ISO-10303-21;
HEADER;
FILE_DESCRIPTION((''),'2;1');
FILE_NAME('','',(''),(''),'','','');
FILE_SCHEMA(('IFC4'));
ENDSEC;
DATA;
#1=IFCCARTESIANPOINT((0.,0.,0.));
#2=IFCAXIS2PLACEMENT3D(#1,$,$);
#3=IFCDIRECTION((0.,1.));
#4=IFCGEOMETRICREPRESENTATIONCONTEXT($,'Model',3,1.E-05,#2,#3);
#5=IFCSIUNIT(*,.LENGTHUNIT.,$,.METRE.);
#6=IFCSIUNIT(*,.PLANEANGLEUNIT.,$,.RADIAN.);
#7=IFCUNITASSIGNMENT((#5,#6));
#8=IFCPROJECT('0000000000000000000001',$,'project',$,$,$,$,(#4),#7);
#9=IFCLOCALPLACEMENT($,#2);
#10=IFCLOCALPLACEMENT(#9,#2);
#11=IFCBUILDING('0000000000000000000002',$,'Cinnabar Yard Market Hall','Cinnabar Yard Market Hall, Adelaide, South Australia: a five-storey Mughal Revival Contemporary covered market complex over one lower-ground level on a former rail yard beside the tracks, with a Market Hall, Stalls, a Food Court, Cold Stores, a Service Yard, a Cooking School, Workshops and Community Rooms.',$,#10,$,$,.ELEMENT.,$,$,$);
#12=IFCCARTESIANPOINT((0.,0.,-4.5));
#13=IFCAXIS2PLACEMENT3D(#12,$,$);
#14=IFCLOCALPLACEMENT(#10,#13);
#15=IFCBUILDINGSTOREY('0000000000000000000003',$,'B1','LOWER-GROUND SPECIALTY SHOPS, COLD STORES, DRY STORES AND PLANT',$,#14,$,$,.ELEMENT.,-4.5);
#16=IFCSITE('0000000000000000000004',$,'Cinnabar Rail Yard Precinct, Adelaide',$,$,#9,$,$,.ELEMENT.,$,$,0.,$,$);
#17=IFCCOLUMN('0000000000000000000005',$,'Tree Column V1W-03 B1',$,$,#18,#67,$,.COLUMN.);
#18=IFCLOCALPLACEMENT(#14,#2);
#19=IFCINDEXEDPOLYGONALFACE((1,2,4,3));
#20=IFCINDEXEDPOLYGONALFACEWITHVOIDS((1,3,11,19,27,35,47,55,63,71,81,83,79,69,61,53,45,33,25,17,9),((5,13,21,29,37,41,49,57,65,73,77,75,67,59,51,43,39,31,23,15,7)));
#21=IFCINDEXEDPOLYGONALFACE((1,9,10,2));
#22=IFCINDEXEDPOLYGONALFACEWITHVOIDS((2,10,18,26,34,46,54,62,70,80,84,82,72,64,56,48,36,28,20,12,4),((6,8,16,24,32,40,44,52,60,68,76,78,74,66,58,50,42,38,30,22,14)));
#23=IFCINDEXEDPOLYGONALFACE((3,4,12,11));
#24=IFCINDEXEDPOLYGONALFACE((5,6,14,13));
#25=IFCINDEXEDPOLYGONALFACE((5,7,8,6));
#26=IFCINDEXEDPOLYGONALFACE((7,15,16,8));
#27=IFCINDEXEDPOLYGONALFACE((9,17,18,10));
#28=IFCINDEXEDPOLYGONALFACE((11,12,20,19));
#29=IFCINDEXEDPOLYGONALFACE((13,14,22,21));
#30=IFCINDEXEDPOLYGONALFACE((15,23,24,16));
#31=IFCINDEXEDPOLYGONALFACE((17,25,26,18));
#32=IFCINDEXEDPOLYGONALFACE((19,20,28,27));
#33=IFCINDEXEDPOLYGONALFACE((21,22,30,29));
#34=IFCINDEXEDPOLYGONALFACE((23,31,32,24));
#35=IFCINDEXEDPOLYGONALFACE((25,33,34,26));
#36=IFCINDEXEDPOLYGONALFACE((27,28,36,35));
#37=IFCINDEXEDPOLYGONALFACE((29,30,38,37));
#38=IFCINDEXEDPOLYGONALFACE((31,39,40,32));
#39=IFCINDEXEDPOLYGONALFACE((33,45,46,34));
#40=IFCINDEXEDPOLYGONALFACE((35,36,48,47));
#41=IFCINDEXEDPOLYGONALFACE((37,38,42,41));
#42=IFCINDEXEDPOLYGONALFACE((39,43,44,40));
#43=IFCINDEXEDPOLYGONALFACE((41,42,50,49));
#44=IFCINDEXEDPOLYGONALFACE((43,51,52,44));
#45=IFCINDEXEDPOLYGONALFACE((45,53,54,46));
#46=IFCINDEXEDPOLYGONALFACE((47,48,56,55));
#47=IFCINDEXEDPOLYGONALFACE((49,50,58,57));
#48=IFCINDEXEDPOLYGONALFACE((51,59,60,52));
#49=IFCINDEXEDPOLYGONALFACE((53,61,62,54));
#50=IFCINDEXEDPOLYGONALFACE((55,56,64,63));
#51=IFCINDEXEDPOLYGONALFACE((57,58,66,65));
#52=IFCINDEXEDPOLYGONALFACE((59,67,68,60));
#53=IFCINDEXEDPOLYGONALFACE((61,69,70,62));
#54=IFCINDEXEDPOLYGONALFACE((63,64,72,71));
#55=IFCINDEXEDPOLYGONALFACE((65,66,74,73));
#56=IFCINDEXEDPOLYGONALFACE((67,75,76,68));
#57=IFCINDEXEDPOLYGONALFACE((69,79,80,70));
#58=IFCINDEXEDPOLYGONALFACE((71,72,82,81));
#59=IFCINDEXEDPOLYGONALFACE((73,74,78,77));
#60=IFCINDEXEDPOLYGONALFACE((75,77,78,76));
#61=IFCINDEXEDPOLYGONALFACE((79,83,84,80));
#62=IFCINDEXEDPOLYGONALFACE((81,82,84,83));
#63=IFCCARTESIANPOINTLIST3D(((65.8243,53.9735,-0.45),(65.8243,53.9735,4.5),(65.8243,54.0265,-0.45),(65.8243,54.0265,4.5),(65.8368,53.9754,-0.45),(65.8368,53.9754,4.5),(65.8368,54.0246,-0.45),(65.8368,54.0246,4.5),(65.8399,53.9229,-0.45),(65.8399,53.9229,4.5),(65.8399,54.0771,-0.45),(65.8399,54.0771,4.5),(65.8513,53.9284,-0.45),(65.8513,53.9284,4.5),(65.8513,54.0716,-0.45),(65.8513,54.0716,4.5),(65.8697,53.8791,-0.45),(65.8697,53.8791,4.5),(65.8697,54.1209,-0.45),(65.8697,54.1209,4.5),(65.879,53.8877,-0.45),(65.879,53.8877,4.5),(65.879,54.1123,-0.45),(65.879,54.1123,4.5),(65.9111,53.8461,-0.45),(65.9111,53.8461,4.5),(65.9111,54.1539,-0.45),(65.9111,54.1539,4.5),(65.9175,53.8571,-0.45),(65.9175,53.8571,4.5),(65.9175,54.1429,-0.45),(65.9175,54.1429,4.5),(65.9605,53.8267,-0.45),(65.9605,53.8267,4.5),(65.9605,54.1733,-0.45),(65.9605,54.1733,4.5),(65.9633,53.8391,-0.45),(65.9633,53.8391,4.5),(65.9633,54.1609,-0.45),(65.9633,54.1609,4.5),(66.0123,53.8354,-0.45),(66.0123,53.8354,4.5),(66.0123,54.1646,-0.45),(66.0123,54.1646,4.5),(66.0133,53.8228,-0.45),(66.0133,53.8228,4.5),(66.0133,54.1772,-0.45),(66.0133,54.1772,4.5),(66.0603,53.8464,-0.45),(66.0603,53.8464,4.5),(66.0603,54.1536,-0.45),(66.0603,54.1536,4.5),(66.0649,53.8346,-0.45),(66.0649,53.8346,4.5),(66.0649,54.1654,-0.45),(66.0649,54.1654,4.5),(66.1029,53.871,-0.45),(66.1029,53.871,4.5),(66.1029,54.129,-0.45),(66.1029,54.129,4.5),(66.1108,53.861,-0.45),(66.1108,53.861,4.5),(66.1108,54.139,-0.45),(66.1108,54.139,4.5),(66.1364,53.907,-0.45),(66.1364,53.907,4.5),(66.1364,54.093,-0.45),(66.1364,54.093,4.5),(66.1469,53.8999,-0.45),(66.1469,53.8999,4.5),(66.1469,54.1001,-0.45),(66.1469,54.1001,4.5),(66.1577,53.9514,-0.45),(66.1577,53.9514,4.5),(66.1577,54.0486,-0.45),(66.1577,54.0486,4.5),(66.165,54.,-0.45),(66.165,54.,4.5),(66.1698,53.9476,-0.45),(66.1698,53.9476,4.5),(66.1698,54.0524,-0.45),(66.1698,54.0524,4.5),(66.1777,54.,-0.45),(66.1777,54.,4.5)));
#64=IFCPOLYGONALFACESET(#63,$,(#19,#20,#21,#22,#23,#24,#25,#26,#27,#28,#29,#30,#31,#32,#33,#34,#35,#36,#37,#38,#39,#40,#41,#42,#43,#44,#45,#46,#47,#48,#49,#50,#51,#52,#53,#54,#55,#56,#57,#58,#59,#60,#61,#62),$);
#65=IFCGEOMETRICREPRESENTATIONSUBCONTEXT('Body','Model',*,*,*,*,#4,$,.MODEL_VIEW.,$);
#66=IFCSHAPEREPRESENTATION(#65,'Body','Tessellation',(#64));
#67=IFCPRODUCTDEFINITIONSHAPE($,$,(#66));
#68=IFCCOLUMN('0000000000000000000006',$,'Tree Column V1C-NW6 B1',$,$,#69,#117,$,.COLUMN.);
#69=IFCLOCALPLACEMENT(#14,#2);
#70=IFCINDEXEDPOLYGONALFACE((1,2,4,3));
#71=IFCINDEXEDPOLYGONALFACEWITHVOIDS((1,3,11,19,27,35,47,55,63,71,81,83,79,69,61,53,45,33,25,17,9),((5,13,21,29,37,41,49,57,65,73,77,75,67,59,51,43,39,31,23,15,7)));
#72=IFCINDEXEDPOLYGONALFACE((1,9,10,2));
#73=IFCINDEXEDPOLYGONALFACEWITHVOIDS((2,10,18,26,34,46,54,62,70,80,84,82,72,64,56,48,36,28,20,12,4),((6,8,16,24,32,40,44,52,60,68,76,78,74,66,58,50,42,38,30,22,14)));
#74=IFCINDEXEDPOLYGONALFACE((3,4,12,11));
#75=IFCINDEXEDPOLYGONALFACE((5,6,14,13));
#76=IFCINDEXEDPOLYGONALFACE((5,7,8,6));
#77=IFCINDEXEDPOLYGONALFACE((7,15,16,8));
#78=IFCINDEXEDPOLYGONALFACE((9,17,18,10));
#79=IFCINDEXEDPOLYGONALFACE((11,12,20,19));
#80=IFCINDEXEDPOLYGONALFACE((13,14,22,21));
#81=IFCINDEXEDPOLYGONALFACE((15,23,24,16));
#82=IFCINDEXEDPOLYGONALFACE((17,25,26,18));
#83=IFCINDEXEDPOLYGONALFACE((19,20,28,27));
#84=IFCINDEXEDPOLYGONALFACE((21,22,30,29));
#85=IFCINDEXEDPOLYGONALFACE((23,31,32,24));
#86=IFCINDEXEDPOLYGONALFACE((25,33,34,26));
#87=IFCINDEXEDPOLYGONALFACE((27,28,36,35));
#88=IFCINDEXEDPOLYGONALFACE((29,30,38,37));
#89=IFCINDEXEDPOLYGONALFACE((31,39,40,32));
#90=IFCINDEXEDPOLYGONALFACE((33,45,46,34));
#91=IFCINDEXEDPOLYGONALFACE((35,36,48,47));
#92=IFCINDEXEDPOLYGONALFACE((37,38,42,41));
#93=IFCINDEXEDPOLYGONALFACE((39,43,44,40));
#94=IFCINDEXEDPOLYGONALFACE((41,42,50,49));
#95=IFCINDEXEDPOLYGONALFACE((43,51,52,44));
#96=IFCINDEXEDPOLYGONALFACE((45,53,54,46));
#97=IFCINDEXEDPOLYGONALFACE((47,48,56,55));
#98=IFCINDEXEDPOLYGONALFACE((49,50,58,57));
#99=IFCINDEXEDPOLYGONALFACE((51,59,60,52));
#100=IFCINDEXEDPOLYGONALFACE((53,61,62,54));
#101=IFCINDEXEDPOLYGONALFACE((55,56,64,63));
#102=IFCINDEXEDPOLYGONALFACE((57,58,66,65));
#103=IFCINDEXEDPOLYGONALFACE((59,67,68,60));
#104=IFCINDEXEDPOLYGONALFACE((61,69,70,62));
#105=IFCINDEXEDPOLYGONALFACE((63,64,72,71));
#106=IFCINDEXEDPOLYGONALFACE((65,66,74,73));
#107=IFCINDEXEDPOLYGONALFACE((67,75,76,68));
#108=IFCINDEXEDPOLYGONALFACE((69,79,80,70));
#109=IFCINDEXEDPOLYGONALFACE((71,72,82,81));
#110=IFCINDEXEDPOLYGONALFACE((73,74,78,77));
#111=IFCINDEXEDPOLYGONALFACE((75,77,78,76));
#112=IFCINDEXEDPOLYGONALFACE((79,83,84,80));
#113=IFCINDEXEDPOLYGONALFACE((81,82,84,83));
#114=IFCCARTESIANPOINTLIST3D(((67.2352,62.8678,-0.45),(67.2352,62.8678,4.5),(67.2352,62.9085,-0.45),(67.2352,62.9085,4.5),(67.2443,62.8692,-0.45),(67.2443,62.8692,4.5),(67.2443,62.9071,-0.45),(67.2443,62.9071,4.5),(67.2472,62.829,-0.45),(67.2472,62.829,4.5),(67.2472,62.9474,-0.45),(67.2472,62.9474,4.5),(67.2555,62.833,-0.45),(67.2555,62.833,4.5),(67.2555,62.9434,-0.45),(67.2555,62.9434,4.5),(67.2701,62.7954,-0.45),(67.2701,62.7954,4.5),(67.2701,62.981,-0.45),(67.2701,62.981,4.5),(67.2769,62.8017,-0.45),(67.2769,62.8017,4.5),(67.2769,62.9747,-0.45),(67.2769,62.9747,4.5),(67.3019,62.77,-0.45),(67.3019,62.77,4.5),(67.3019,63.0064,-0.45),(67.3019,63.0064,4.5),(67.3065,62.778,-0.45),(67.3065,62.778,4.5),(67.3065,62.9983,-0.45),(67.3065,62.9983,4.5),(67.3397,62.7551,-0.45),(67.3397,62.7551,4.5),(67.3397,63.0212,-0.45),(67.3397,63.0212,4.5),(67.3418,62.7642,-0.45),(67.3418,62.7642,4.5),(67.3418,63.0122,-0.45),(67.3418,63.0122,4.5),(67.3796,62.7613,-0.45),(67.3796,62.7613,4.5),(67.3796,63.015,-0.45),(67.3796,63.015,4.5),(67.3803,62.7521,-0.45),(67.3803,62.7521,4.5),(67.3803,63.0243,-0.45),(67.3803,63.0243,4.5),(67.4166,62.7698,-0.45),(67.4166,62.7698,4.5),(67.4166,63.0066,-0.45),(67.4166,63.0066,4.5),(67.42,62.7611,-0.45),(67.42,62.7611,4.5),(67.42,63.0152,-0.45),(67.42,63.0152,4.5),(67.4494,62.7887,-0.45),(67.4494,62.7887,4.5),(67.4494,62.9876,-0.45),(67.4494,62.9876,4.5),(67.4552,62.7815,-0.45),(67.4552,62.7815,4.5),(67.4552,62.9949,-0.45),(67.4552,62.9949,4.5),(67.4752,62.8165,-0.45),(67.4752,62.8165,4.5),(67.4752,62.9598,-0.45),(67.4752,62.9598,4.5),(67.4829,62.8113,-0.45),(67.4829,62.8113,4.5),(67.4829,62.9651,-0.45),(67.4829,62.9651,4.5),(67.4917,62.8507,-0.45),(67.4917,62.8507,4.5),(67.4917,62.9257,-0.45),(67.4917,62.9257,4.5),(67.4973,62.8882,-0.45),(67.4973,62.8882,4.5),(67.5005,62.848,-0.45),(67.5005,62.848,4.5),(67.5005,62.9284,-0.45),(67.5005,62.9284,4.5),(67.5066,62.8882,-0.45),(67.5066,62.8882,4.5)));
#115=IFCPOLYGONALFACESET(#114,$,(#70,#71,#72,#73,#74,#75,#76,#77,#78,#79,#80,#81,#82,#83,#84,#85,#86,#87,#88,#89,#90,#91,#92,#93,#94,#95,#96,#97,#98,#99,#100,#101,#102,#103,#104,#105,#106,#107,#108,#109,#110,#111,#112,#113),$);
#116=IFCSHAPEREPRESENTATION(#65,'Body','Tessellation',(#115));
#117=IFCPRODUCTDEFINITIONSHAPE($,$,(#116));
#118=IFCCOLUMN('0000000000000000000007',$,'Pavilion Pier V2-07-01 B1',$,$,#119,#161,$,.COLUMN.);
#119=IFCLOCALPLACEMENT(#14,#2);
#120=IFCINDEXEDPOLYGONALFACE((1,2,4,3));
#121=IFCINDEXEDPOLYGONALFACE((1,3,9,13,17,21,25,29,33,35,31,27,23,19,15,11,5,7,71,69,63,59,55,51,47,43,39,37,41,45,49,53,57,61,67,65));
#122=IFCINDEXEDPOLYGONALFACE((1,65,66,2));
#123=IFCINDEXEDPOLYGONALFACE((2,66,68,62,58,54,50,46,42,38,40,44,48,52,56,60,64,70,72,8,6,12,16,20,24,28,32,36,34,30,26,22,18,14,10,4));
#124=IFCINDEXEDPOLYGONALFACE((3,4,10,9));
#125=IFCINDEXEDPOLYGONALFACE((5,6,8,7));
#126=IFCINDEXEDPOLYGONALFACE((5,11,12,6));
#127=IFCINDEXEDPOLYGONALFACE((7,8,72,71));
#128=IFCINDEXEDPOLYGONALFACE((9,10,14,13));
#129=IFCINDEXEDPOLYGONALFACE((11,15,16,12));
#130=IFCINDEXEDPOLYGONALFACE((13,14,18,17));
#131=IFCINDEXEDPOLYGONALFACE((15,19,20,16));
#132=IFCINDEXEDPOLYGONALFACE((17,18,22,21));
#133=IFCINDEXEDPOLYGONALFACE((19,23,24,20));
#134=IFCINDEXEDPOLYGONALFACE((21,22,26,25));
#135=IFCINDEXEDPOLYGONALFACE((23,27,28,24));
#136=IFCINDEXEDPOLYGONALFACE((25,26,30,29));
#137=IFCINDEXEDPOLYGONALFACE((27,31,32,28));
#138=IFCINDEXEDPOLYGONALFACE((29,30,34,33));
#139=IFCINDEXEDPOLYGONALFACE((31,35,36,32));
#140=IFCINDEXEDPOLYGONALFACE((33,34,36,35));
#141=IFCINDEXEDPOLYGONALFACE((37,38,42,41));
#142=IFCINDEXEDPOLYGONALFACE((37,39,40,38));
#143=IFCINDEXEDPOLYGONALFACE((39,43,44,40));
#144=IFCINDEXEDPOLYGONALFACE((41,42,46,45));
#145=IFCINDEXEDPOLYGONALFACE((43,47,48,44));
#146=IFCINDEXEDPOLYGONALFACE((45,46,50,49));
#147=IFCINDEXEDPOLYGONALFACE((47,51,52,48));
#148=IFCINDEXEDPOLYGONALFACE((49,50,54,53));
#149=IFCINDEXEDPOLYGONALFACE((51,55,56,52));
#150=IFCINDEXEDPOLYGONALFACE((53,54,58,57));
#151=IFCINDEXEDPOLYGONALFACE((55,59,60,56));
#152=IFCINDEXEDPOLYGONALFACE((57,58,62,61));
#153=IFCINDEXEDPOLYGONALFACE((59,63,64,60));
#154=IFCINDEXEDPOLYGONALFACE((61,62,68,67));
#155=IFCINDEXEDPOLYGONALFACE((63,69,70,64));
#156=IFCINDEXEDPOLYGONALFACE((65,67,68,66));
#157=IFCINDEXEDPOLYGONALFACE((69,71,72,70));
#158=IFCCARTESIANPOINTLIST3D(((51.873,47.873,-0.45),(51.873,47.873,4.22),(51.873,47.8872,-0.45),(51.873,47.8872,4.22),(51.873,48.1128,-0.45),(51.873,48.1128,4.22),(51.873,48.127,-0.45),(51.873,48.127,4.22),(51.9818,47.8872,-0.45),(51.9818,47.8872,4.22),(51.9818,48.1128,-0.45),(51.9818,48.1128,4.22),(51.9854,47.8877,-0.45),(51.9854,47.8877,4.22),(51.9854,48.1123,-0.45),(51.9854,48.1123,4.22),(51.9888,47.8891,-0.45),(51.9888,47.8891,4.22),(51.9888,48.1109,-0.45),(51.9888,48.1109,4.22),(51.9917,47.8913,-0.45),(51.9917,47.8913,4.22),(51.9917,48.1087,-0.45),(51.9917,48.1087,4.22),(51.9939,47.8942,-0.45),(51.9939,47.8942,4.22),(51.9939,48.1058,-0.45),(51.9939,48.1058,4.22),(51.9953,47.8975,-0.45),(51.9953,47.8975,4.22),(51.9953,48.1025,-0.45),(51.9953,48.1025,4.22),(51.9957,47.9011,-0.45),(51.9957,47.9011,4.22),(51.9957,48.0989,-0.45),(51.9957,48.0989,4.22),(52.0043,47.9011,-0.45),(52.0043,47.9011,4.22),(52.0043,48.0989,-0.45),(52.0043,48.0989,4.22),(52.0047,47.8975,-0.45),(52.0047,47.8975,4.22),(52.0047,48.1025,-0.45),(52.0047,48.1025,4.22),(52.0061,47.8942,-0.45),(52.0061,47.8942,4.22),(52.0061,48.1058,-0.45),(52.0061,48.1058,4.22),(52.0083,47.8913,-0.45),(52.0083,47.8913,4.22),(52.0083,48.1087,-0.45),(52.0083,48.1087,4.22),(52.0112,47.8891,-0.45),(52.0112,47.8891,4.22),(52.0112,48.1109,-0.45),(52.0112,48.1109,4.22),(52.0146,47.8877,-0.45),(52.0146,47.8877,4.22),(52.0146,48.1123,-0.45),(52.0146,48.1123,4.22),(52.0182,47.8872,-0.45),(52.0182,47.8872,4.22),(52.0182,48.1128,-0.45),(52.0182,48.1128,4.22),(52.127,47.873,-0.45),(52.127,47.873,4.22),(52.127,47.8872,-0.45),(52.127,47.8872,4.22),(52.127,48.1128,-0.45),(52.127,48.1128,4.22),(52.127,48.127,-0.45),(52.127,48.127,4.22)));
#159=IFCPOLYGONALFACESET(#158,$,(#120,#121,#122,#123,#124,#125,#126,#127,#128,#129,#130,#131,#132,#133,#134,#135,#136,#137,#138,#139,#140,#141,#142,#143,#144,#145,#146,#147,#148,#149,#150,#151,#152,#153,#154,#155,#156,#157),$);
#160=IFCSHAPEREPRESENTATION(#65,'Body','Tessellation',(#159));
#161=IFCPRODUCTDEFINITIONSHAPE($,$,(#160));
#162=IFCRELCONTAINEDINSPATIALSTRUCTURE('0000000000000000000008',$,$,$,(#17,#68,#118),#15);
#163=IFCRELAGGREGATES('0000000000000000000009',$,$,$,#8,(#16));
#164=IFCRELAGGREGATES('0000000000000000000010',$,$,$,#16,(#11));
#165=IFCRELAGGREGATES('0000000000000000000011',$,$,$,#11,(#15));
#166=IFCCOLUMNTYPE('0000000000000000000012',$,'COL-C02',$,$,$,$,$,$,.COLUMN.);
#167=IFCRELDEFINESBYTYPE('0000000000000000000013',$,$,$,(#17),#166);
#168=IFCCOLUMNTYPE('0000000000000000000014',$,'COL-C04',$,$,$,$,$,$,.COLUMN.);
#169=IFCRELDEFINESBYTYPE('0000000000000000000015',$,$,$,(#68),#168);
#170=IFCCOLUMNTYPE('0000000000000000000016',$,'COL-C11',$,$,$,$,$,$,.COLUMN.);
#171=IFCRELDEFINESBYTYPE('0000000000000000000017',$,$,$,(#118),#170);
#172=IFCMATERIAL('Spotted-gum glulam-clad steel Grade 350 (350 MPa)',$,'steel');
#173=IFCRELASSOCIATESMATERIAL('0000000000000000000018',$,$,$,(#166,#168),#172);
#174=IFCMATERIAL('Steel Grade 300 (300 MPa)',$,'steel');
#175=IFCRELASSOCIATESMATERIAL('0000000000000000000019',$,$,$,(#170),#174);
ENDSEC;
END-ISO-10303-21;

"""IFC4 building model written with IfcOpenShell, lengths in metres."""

from ifc_helpers import new_model, si_unit, direction, frame, origin, origin_2d_with_axis, place, context, subcontext, project, spatial, hollow_circle, i_section, extrude, material, material_profile, profile_set, type_object, element, save


model = new_model("IFC4")

# Units and contexts
model_context = context("Model", 3, precision=1e-05, world=origin(), true_north=direction((0.0, 1.0)))
body_context = subcontext(model_context, "Body", "Model", "MODEL_VIEW")
ifc_project = project(units=[si_unit("LENGTHUNIT", "METRE"), si_unit("PLANEANGLEUNIT", "RADIAN")], contexts=[model_context])

# Site, building, storey
site_placement = place(None, origin())
site = spatial("IfcSite", under=ifc_project, at=site_placement, Name="Cinnabar Rail Yard Precinct, Adelaide", CompositionType="ELEMENT", RefElevation=0.0)
building_placement = place(site_placement, origin())
building = spatial("IfcBuilding", under=site, at=building_placement, Name="Cinnabar Yard Market Hall", Description="Cinnabar Yard Market Hall, Adelaide, South Australia: a five-storey Mughal Revival Contemporary covered market complex over one lower-ground level on a former rail yard beside the tracks, with a Market Hall, Stalls, a Food Court, Cold Stores, a Service Yard, a Cooking School, Workshops and Community Rooms.", CompositionType="ELEMENT")
storey_placement = place(building_placement, frame((0.0, 0.0, -4.5)))
storey = spatial("IfcBuildingStorey", under=building, at=storey_placement, Name="B1", Description="LOWER-GROUND SPECIALTY SHOPS, COLD STORES, DRY STORES AND PLANT", CompositionType="ELEMENT", Elevation=-4.5)

# Columns
ifc_material_1 = material(Name="Spotted-gum glulam-clad steel Grade 350 (350 MPa)", Category="steel")
ifc_material_profile_1 = material_profile(ifc_material_1, hollow_circle(Radius=0.1777, WallThickness=0.0127, at=origin_2d_with_axis()), Name="355.6x12.7CHS")
ifc_profile_set_1 = profile_set([ifc_material_profile_1], Name="Spotted-gum glulam-clad steel Grade 350 (350 MPa)")
column_type_1 = type_object("IfcColumnType", Name="COL-C02", PredefinedType="COLUMN", material=ifc_profile_set_1)
column_1_placement = place(storey_placement, frame((66.0, 54.0, -0.45), z_axis=(0.0, 0.0, 1.0), x_axis=(1.0, 0.0, 0.0)))
element("IfcColumn", 1, at=column_1_placement, inside=storey, type_object=column_type_1, Name="Tree Column V1W-03 B1", PredefinedType="COLUMN", context=body_context, shape_type="SweptSolid", body=[
    extrude(hollow_circle(Radius=0.1777, WallThickness=0.0127, at=origin_2d_with_axis()), origin(), (0.0, 0.0, 1.0), 4.95),
])
ifc_material_profile_2 = material_profile(ifc_material_1, hollow_circle(Radius=0.1365, WallThickness=0.0093, at=origin_2d_with_axis()), Name="273.1x9.3CHS")
ifc_profile_set_2 = profile_set([ifc_material_profile_2], Name="Spotted-gum glulam-clad steel Grade 350 (350 MPa)")
column_type_2 = type_object("IfcColumnType", Name="COL-C04", PredefinedType="COLUMN", material=ifc_profile_set_2)
column_2_placement = place(storey_placement, frame((67.3701, 62.8882, -0.45), z_axis=(0.0, 0.0, 1.0), x_axis=(1.0, 0.0, 0.0)))
element("IfcColumn", 2, at=column_2_placement, inside=storey, type_object=column_type_2, Name="Tree Column V1C-NW6 B1", PredefinedType="COLUMN", context=body_context, shape_type="SweptSolid", body=[
    extrude(hollow_circle(Radius=0.1365, WallThickness=0.0093, at=origin_2d_with_axis()), origin(), (0.0, 0.0, 1.0), 4.95),
])
ifc_material_2 = material(Name="Steel Grade 300 (300 MPa)", Category="steel")
ifc_material_profile_3 = material_profile(ifc_material_2, i_section(OverallWidth=0.2539, OverallDepth=0.2539, WebThickness=0.0085, FlangeThickness=0.0142, FilletRadius=0.0139, at=origin_2d_with_axis()), Name="250UC72.9")
ifc_profile_set_3 = profile_set([ifc_material_profile_3], Name="Steel Grade 300 (300 MPa)")
column_type_3 = type_object("IfcColumnType", Name="COL-C11", PredefinedType="COLUMN", material=ifc_profile_set_3)
column_3_placement = place(storey_placement, frame((52.0, 48.0, -0.45), z_axis=(0.0, 0.0, 1.0), x_axis=(1.0, 0.0, 0.0)))
element("IfcColumn", 3, at=column_3_placement, inside=storey, type_object=column_type_3, Name="Pavilion Pier V2-07-01 B1", PredefinedType="COLUMN", context=body_context, shape_type="SweptSolid", body=[
    extrude(i_section(OverallWidth=0.2539, OverallDepth=0.2539, WebThickness=0.0085, FlangeThickness=0.0142, FilletRadius=0.0139, at=origin_2d_with_axis()), origin(), (0.0, 0.0, 1.0), 4.6699),
])

save(model, "model.ifc")
